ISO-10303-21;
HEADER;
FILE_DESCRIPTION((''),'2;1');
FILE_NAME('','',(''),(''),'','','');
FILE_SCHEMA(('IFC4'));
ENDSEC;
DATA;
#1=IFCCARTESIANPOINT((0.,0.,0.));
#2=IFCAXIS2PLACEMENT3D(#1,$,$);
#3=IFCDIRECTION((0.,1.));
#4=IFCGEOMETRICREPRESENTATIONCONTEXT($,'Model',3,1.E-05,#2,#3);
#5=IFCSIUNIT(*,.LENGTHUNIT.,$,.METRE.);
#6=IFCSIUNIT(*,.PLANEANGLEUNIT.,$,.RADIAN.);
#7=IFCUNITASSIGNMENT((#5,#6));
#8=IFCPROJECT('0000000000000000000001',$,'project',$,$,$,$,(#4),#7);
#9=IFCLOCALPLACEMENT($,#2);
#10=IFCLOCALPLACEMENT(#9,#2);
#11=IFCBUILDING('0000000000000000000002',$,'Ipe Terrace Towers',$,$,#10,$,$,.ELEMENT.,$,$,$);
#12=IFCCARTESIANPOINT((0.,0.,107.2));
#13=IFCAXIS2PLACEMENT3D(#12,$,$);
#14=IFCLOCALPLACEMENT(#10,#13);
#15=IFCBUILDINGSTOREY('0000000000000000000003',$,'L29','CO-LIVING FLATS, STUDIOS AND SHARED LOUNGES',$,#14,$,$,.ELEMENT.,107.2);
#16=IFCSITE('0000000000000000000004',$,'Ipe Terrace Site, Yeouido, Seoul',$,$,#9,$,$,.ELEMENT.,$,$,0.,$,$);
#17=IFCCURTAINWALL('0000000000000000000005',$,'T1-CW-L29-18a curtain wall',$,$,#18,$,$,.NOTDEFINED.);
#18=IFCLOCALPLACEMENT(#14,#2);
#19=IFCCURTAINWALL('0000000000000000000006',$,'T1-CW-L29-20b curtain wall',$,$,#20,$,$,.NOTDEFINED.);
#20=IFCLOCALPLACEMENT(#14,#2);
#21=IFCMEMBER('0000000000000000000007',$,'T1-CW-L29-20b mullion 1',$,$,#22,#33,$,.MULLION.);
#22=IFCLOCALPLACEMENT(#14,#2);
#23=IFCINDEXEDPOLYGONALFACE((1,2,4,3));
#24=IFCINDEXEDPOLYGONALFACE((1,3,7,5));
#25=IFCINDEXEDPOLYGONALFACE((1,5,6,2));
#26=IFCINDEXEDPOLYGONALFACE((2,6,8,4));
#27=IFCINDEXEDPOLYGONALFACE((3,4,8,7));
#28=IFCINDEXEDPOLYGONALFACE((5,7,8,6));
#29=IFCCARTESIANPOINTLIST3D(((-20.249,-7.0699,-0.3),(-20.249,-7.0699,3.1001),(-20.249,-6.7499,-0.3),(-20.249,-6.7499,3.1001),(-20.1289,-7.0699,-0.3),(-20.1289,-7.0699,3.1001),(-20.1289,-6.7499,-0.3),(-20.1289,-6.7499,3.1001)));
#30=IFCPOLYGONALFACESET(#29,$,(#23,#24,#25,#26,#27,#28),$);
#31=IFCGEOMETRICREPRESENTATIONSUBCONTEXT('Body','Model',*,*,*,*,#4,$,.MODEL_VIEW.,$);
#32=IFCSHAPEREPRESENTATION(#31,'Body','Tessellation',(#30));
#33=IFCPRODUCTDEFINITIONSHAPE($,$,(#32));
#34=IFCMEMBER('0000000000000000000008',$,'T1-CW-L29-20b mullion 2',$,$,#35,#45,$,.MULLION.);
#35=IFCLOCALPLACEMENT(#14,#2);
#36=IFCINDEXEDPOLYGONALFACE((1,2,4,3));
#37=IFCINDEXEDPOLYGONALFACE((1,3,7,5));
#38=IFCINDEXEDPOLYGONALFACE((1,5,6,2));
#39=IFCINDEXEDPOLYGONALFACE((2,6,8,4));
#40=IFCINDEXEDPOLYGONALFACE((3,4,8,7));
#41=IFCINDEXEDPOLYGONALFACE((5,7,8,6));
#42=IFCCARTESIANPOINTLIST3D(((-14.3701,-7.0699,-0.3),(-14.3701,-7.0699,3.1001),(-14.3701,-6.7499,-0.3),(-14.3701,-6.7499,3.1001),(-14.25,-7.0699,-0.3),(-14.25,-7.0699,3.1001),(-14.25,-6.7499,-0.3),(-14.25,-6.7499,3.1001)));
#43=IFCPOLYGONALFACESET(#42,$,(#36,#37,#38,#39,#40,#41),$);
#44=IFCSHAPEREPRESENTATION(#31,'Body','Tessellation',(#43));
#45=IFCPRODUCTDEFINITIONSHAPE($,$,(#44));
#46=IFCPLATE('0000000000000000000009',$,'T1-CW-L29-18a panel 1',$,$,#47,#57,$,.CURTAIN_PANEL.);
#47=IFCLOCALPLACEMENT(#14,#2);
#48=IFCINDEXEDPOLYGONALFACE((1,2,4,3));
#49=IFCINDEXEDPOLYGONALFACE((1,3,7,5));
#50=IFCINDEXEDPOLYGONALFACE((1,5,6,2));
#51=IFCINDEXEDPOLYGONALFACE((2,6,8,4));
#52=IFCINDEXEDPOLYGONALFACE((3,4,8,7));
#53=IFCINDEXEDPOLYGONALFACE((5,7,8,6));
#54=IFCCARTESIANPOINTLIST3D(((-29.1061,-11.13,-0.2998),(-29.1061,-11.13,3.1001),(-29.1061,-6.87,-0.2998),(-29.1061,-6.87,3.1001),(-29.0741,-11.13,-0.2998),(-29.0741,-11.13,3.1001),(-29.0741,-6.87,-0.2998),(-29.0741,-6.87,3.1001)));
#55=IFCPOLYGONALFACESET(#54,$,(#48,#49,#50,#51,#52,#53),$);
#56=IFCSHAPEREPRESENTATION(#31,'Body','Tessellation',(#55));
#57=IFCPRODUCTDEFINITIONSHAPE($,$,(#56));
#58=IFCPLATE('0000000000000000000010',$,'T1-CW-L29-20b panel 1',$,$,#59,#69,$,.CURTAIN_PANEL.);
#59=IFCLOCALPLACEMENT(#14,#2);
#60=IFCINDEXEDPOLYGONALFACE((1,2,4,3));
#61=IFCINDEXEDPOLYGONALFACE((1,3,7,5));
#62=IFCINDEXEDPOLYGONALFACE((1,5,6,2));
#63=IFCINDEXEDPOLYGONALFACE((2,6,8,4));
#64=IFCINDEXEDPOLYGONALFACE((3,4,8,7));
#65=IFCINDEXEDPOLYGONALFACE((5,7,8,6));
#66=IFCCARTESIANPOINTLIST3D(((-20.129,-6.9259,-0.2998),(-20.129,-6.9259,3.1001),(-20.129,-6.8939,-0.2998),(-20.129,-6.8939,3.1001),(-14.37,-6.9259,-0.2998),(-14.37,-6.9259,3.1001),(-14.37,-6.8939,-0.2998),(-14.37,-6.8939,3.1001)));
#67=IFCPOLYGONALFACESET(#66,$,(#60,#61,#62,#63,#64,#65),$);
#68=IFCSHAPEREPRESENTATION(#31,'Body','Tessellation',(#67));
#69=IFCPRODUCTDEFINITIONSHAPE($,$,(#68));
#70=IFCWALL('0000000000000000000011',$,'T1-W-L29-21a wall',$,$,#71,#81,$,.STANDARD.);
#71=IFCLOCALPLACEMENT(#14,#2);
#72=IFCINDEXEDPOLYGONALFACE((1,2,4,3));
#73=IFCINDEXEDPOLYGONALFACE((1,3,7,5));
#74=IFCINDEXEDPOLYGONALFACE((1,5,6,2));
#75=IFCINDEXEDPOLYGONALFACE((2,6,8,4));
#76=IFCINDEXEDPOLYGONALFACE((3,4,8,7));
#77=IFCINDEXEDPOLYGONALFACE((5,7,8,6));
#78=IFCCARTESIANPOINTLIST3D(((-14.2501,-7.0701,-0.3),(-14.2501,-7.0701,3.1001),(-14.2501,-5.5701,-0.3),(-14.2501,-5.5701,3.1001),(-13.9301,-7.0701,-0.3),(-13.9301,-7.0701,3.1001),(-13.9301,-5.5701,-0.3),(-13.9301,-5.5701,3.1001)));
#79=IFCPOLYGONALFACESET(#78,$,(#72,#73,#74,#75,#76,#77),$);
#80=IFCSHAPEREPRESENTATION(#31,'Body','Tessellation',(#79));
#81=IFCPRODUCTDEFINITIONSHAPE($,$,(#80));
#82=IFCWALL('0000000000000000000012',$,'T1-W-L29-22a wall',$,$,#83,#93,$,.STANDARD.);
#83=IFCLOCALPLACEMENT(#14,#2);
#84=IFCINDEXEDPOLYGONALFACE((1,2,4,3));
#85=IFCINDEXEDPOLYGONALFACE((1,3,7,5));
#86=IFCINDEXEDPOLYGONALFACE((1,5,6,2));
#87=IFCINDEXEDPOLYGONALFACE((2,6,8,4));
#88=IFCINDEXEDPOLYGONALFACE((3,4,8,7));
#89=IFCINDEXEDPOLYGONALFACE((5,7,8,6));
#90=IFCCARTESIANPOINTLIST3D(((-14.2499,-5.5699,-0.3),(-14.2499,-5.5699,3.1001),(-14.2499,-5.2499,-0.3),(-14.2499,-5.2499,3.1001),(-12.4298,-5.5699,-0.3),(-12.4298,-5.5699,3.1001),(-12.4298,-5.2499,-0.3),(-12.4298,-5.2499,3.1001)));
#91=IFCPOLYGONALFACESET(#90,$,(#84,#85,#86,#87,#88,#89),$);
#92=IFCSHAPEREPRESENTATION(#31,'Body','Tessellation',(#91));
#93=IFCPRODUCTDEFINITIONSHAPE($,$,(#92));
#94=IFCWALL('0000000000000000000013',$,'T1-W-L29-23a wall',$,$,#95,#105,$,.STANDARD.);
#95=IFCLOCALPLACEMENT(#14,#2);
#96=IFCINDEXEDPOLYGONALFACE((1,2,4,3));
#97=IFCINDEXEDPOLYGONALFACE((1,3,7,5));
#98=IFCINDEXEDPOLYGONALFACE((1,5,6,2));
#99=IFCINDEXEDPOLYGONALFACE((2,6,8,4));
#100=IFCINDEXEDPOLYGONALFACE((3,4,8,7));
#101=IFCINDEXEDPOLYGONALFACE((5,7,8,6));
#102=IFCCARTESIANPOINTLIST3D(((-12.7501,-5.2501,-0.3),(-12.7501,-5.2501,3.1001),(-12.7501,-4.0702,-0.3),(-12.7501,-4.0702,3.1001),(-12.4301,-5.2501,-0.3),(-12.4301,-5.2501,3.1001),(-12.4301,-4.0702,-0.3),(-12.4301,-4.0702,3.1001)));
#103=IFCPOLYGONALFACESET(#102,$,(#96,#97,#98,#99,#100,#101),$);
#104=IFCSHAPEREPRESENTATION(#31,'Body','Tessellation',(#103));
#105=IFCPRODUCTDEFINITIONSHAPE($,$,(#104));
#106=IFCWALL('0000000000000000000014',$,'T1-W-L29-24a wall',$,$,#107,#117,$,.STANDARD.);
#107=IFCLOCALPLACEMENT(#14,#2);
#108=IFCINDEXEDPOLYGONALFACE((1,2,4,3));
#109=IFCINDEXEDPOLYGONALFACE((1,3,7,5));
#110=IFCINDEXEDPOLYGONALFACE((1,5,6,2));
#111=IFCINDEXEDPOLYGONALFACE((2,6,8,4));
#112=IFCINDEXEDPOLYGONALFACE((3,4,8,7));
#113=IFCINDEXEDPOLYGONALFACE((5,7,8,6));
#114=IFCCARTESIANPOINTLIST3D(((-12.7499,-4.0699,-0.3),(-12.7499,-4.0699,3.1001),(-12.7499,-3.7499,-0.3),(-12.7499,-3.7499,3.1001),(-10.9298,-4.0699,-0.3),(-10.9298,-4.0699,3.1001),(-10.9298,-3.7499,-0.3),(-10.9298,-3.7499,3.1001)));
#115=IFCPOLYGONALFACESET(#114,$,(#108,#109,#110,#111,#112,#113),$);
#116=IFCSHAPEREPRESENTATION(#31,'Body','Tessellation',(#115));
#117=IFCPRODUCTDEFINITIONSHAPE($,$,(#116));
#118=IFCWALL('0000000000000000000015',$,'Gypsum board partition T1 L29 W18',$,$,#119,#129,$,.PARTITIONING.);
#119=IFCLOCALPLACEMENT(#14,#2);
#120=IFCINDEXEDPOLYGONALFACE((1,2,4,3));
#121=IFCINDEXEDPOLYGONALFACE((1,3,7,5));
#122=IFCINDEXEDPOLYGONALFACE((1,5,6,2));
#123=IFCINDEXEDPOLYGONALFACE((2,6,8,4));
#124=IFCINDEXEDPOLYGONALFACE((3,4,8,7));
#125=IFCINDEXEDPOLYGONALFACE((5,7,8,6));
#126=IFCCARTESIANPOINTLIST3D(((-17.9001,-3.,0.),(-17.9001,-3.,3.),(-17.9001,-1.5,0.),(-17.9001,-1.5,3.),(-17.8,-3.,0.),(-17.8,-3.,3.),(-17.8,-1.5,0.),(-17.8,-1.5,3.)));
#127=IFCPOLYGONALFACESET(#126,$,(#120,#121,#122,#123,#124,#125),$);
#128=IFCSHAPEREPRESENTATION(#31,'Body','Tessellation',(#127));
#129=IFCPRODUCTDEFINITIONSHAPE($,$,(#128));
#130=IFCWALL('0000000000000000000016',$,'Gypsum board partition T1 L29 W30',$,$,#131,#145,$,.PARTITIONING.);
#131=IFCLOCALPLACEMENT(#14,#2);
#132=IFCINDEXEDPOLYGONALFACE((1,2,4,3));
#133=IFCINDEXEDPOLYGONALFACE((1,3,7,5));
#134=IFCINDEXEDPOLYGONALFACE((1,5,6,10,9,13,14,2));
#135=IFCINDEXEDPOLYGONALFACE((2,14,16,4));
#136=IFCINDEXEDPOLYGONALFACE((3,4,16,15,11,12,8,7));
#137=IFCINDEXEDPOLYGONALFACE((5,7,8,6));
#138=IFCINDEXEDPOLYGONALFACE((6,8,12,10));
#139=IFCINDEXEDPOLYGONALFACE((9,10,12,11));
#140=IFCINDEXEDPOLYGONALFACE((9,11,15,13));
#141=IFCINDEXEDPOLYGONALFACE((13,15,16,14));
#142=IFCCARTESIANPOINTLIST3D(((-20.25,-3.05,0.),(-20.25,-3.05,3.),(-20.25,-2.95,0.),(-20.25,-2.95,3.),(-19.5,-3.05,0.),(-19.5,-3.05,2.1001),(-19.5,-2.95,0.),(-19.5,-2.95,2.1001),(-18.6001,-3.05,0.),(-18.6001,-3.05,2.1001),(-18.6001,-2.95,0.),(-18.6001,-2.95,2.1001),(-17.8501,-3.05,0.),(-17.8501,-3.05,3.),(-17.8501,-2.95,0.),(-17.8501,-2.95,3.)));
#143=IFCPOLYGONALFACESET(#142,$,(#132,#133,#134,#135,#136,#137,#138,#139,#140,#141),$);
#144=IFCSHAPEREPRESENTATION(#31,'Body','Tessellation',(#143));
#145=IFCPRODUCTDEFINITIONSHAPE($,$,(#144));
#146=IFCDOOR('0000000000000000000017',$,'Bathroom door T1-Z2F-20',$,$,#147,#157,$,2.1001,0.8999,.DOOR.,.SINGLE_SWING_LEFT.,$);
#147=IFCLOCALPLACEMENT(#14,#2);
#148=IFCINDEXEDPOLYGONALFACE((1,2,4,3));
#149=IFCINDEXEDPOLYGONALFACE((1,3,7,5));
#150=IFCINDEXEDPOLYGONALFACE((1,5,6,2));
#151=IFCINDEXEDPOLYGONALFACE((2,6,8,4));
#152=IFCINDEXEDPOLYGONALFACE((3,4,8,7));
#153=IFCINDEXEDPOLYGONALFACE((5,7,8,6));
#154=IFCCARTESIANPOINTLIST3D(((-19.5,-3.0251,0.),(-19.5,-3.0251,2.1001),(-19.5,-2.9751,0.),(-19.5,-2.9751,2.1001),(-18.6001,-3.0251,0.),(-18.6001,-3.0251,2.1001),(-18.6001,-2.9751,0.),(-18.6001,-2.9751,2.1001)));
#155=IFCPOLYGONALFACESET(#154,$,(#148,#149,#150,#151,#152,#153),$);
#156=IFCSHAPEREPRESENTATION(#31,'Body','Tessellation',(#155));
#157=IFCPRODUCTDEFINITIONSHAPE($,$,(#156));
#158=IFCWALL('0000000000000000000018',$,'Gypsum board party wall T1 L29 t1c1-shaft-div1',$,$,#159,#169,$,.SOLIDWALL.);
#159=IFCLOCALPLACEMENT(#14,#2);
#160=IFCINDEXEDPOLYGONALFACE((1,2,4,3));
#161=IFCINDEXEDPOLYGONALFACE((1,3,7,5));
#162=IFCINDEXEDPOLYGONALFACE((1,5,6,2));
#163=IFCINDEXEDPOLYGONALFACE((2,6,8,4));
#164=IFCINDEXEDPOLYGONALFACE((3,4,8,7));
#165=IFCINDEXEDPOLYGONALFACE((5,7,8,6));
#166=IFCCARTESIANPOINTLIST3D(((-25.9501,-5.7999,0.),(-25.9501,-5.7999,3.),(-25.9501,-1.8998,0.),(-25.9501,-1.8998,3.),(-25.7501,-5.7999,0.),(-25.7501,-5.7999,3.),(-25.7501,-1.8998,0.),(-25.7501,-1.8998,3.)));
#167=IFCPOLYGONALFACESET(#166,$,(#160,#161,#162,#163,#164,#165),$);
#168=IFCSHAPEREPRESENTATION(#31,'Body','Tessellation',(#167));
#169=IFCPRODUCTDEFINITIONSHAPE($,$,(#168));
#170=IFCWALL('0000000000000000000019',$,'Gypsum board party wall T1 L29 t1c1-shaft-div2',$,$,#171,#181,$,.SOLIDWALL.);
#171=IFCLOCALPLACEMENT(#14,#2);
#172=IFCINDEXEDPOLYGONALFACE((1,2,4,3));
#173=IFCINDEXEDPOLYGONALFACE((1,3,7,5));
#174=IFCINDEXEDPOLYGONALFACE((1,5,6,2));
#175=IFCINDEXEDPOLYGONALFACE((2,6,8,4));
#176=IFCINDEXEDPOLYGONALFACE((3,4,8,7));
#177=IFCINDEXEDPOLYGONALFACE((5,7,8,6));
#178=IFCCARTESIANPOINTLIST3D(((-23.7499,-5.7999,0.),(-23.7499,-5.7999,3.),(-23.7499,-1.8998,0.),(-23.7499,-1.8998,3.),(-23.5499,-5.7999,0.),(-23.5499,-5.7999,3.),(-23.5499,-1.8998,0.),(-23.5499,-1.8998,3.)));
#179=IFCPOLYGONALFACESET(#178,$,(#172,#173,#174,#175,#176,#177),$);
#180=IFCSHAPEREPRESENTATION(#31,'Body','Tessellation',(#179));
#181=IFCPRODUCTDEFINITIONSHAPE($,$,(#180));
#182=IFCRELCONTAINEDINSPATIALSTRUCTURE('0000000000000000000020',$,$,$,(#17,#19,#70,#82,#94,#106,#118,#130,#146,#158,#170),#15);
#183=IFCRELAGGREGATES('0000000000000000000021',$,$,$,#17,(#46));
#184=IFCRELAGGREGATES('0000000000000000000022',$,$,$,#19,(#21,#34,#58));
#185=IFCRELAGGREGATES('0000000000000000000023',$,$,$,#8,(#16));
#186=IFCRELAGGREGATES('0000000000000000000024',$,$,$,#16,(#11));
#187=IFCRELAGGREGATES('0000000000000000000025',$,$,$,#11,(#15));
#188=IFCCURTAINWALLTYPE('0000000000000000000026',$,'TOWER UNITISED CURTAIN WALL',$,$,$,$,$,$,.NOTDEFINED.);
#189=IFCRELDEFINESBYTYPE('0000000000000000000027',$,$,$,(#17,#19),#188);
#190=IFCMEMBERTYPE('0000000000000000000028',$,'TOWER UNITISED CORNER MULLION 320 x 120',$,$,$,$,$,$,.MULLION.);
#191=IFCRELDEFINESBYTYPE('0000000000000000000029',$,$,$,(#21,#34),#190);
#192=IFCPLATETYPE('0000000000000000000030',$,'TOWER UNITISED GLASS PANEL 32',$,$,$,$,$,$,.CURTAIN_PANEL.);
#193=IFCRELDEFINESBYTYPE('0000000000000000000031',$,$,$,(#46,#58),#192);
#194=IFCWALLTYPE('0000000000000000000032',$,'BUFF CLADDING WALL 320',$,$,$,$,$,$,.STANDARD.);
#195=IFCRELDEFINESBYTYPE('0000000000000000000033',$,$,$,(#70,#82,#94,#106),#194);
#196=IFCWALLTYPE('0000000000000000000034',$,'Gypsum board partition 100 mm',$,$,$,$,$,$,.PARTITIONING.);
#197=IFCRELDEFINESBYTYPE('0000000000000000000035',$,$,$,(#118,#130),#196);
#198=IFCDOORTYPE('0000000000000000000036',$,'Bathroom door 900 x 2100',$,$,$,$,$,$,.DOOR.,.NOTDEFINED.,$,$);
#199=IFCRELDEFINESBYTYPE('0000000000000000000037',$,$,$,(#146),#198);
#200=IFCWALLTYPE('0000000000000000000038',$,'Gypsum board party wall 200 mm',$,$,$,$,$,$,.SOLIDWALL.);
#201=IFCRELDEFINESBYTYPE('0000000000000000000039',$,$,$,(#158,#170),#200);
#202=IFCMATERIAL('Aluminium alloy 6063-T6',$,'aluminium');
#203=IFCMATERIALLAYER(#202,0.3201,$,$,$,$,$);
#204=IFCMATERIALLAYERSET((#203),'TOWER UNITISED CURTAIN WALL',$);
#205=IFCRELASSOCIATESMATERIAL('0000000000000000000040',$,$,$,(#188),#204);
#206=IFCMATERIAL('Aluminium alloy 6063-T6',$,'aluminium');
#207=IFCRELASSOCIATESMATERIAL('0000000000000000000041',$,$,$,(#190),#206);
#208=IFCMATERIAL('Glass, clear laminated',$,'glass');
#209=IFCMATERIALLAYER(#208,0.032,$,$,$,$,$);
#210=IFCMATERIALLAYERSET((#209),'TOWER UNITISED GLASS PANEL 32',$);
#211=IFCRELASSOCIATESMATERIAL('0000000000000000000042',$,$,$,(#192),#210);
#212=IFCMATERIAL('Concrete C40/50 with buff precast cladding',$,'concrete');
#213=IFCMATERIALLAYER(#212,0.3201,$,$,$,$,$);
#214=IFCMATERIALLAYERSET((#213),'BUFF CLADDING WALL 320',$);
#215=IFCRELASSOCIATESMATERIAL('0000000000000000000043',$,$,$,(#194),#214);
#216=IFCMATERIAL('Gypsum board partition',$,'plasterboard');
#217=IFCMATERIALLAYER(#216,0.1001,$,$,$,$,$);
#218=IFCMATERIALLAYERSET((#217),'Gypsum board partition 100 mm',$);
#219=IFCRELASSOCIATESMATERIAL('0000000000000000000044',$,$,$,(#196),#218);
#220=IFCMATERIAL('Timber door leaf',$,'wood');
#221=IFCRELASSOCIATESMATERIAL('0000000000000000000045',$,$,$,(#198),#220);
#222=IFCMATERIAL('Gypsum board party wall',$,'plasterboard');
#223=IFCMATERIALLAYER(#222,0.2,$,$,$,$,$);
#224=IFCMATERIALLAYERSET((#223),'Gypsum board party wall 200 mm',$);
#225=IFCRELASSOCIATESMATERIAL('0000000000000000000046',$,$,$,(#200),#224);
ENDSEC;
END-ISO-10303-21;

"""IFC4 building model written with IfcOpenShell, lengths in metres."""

from ifc_helpers import new_model, si_unit, direction, frame, frame_2d, origin, origin_2d, place, context, subcontext, project, spatial, rectangle, extrude, material, layer, layer_set, material_profile, profile_set, type_object, element, fill, aggregate, save


model = new_model("IFC4")

# Units and contexts
model_context = context("Model", 3, precision=1e-05, world=origin(), true_north=direction((0.0, 1.0)))
body_context = subcontext(model_context, "Body", "Model", "MODEL_VIEW")
ifc_project = project(units=[si_unit("LENGTHUNIT", "METRE"), si_unit("PLANEANGLEUNIT", "RADIAN")], contexts=[model_context])

# Site, building, storey
site_placement = place(None, origin())
site = spatial("IfcSite", under=ifc_project, at=site_placement, Name="Ipe Terrace Site, Yeouido, Seoul", CompositionType="ELEMENT", RefElevation=0.0)
building_placement = place(site_placement, origin())
building = spatial("IfcBuilding", under=site, at=building_placement, Name="Ipe Terrace Towers", CompositionType="ELEMENT")
storey_placement = place(building_placement, frame((0.0, 0.0, 107.2)))
storey = spatial("IfcBuildingStorey", under=building, at=storey_placement, Name="L29", Description="CO-LIVING FLATS, STUDIOS AND SHARED LOUNGES", CompositionType="ELEMENT", Elevation=107.2)

# Curtain wall
ifc_material_1 = material(Name="Aluminium alloy 6063-T6", Category="aluminium")
ifc_layer_1 = layer(ifc_material_1, 0.3201)
ifc_layer_set_1 = layer_set([ifc_layer_1], Name="TOWER UNITISED CURTAIN WALL")
curtain_wall_type = type_object("IfcCurtainWallType", Name="TOWER UNITISED CURTAIN WALL", PredefinedType="NOTDEFINED", material=ifc_layer_set_1)
curtain_wall_1_placement = place(storey_placement, origin())
curtain_wall_1 = element("IfcCurtainWall", 1, at=curtain_wall_1_placement, inside=storey, type_object=curtain_wall_type, Name="T1-CW-L29-18a curtain wall", PredefinedType="NOTDEFINED")
ifc_material_2 = material(Name="Aluminium alloy 6063-T6", Category="aluminium")
ifc_material_profile_1 = material_profile(ifc_material_2, rectangle(XDim=0.3201, YDim=0.1201, at=origin_2d()), Name="TOWER UNITISED CORNER MULLION 320 x 120")
ifc_profile_set_1 = profile_set([ifc_material_profile_1], Name="Aluminium alloy 6063-T6")
member_type = type_object("IfcMemberType", Name="TOWER UNITISED CORNER MULLION 320 x 120", PredefinedType="MULLION", material=ifc_profile_set_1)

# Curtain wall, members
curtain_wall_2_placement = place(storey_placement, origin())
curtain_wall_2 = element("IfcCurtainWall", 2, at=curtain_wall_2_placement, inside=storey, type_object=curtain_wall_type, Name="T1-CW-L29-20b curtain wall", PredefinedType="NOTDEFINED")
member_1_placement = place(storey_placement, frame((-20.189, -6.9099, -0.3), z_axis=(0.0, 0.0, 1.0), x_axis=(0.0, -1.0, 0.0)))
member_1 = element("IfcMember", 3, at=member_1_placement, type_object=member_type, Name="T1-CW-L29-20b mullion 1", PredefinedType="MULLION", context=body_context, shape_type="SweptSolid", body=[
    extrude(rectangle(XDim=0.3201, YDim=0.1201, at=origin_2d()), origin(), (0.0, 0.0, 1.0), 3.4001),
])
member_2_placement = place(storey_placement, frame((-14.3101, -6.9099, -0.3), z_axis=(0.0, 0.0, 1.0), x_axis=(0.0, -1.0, 0.0)))
member_2 = element("IfcMember", 4, at=member_2_placement, type_object=member_type, Name="T1-CW-L29-20b mullion 2", PredefinedType="MULLION", context=body_context, shape_type="SweptSolid", body=[
    extrude(rectangle(XDim=0.3201, YDim=0.1201, at=origin_2d()), origin(), (0.0, 0.0, 1.0), 3.4001),
])

# Plates
ifc_material_3 = material(Name="Glass, clear laminated", Category="glass")
ifc_layer_2 = layer(ifc_material_3, 0.032)
ifc_layer_set_2 = layer_set([ifc_layer_2], Name="TOWER UNITISED GLASS PANEL 32")
plate_type = type_object("IfcPlateType", Name="TOWER UNITISED GLASS PANEL 32", PredefinedType="CURTAIN_PANEL", material=ifc_layer_set_2)
plate_1_placement = place(storey_placement, frame((-29.0901, -9.0, -0.2998), z_axis=(0.0, 0.0, 1.0), x_axis=(0.0, 1.0, 0.0)))
plate_1 = element("IfcPlate", 5, at=plate_1_placement, type_object=plate_type, Name="T1-CW-L29-18a panel 1", PredefinedType="CURTAIN_PANEL", context=body_context, shape_type="SweptSolid", body=[
    extrude(rectangle(XDim=4.26, YDim=0.032, at=origin_2d()), origin(), (0.0, 0.0, 1.0), 3.3999),
])
aggregate(curtain_wall_1, [plate_1])
plate_2_placement = place(storey_placement, frame((-17.2495, -6.9099, -0.2998), z_axis=(0.0, 0.0, 1.0), x_axis=(1.0, 0.0, 0.0)))
plate_2 = element("IfcPlate", 6, at=plate_2_placement, type_object=plate_type, Name="T1-CW-L29-20b panel 1", PredefinedType="CURTAIN_PANEL", context=body_context, shape_type="SweptSolid", body=[
    extrude(rectangle(XDim=5.759, YDim=0.032, at=origin_2d()), origin(), (0.0, 0.0, 1.0), 3.3999),
])
aggregate(curtain_wall_2, [member_1, member_2, plate_2])

# Walls
ifc_material_4 = material(Name="Concrete C40/50 with buff precast cladding", Category="concrete")
ifc_layer_3 = layer(ifc_material_4, 0.3201)
ifc_layer_set_3 = layer_set([ifc_layer_3], Name="BUFF CLADDING WALL 320")
wall_type_1 = type_object("IfcWallType", Name="BUFF CLADDING WALL 320", PredefinedType="STANDARD", material=ifc_layer_set_3)
wall_1_placement = place(storey_placement, frame((-14.0901, -7.0701, -0.3), z_axis=(0.0, 0.0, 1.0), x_axis=(0.0, 1.0, 0.0)))
element("IfcWall", 7, at=wall_1_placement, inside=storey, type_object=wall_type_1, Name="T1-W-L29-21a wall", PredefinedType="STANDARD", context=body_context, shape_type="SweptSolid", body=[
    extrude(rectangle(XDim=1.5, YDim=0.3201, at=frame_2d((0.75, 0.0))), origin(), (0.0, 0.0, 1.0), 3.4001),
])
wall_2_placement = place(storey_placement, frame((-14.25, -5.4099, -0.3), z_axis=(0.0, 0.0, 1.0), x_axis=(1.0, 0.0, 0.0)))
element("IfcWall", 8, at=wall_2_placement, inside=storey, type_object=wall_type_1, Name="T1-W-L29-22a wall", PredefinedType="STANDARD", context=body_context, shape_type="SweptSolid", body=[
    extrude(rectangle(XDim=1.8201, YDim=0.3201, at=frame_2d((0.9102, 0.0))), origin(), (0.0, 0.0, 1.0), 3.4001),
])
wall_3_placement = place(storey_placement, frame((-12.5901, -5.25, -0.3), z_axis=(0.0, 0.0, 1.0), x_axis=(0.0, 1.0, 0.0)))
element("IfcWall", 9, at=wall_3_placement, inside=storey, type_object=wall_type_1, Name="T1-W-L29-23a wall", PredefinedType="STANDARD", context=body_context, shape_type="SweptSolid", body=[
    extrude(rectangle(XDim=1.1799, YDim=0.3201, at=frame_2d((0.5898, 0.0))), origin(), (0.0, 0.0, 1.0), 3.4001),
])
wall_4_placement = place(storey_placement, frame((-12.75, -3.9099, -0.3), z_axis=(0.0, 0.0, 1.0), x_axis=(1.0, 0.0, 0.0)))
element("IfcWall", 10, at=wall_4_placement, inside=storey, type_object=wall_type_1, Name="T1-W-L29-24a wall", PredefinedType="STANDARD", context=body_context, shape_type="SweptSolid", body=[
    extrude(rectangle(XDim=1.8201, YDim=0.3201, at=frame_2d((0.9102, 0.0))), origin(), (0.0, 0.0, 1.0), 3.4001),
])
ifc_material_5 = material(Name="Gypsum board partition", Category="plasterboard")
ifc_layer_4 = layer(ifc_material_5, 0.1001)
ifc_layer_set_4 = layer_set([ifc_layer_4], Name="Gypsum board partition 100 mm")
wall_type_2 = type_object("IfcWallType", Name="Gypsum board partition 100 mm", PredefinedType="PARTITIONING", material=ifc_layer_set_4)
wall_5_placement = place(storey_placement, frame((-17.8501, -3.0, 0.0), z_axis=(0.0, 0.0, 1.0), x_axis=(0.0, 1.0, 0.0)))
element("IfcWall", 11, at=wall_5_placement, inside=storey, type_object=wall_type_2, Name="Gypsum board partition T1 L29 W18", PredefinedType="PARTITIONING", context=body_context, shape_type="SweptSolid", body=[
    extrude(rectangle(XDim=1.5, YDim=0.1001, at=frame_2d((0.75, 0.0))), origin(), (0.0, 0.0, 1.0), 3.0),
])

# Wall, opening, door
wall_6_placement = place(storey_placement, frame((-20.25, -3.0, 0.0), z_axis=(0.0, 0.0, 1.0), x_axis=(1.0, 0.0, 0.0)))
wall_6 = element("IfcWall", 12, at=wall_6_placement, inside=storey, type_object=wall_type_2, Name="Gypsum board partition T1 L29 W30", PredefinedType="PARTITIONING", context=body_context, shape_type="SweptSolid", body=[
    extrude(rectangle(XDim=2.3999, YDim=0.1001, at=frame_2d((1.2, 0.0))), origin(), (0.0, 0.0, 1.0), 3.0),
])
opening_1_placement = place(wall_6_placement, frame((0.75, 0.0, 0.0)))
opening_1 = element("IfcOpeningElement", 13, at=opening_1_placement, cuts=wall_6, PredefinedType="OPENING", context=body_context, shape_type="SweptSolid", body=[
    extrude(rectangle(XDim=0.8999, YDim=2.1001, at=frame_2d((0.45, 1.05))), frame((0.0, 0.0601, 0.0), z_axis=(0.0, -1.0, 0.0), x_axis=(1.0, 0.0, 0.0)), (0.0, 0.0, 1.0), 0.1201),
])
ifc_material_6 = material(Name="Timber door leaf", Category="wood")
door_type_1 = type_object("IfcDoorType", Name="Bathroom door 900 x 2100", OperationType="NOTDEFINED", PredefinedType="DOOR", material=ifc_material_6)
door_1_placement = place(opening_1_placement, origin())
door_1 = element("IfcDoor", 14, at=door_1_placement, inside=storey, type_object=door_type_1, Name="Bathroom door T1-Z2F-20", OperationType="SINGLE_SWING_LEFT", OverallHeight=2.1001, OverallWidth=0.8999, PredefinedType="DOOR", context=body_context, shape_type="SweptSolid", body=[
    extrude(rectangle(XDim=0.8999, YDim=2.1001, at=frame_2d((0.45, 1.05))), frame((0.0, 0.0249, 0.0), z_axis=(0.0, -1.0, 0.0), x_axis=(1.0, 0.0, 0.0)), (0.0, 0.0, 1.0), 0.05),
])
fill(opening_1, door_1)

# Walls
ifc_material_7 = material(Name="Gypsum board party wall", Category="plasterboard")
ifc_layer_5 = layer(ifc_material_7, 0.2)
ifc_layer_set_5 = layer_set([ifc_layer_5], Name="Gypsum board party wall 200 mm")
wall_type_3 = type_object("IfcWallType", Name="Gypsum board party wall 200 mm", PredefinedType="SOLIDWALL", material=ifc_layer_set_5)
for number, where, z_axis, x_axis, name in (
    (15, (-25.8501, -5.8, 0.0), (0.0, 0.0, 1.0), (0.0, 1.0, 0.0), "Gypsum board party wall T1 L29 t1c1-shaft-div1"),
    (16, (-23.6499, -5.8, 0.0), (0.0, 0.0, 1.0), (0.0, 1.0, 0.0), "Gypsum board party wall T1 L29 t1c1-shaft-div2"),
):
    element("IfcWall", number, at=place(storey_placement, frame(where, z_axis=z_axis, x_axis=x_axis)), inside=storey, type_object=wall_type_3, Name=name, PredefinedType="SOLIDWALL", context=body_context, shape_type="SweptSolid", body=[
        extrude(rectangle(XDim=3.9001, YDim=0.2, at=frame_2d((1.9502, 0.0))), origin(), (0.0, 0.0, 1.0), 3.0),
    ])

save(model, "model.ifc")
